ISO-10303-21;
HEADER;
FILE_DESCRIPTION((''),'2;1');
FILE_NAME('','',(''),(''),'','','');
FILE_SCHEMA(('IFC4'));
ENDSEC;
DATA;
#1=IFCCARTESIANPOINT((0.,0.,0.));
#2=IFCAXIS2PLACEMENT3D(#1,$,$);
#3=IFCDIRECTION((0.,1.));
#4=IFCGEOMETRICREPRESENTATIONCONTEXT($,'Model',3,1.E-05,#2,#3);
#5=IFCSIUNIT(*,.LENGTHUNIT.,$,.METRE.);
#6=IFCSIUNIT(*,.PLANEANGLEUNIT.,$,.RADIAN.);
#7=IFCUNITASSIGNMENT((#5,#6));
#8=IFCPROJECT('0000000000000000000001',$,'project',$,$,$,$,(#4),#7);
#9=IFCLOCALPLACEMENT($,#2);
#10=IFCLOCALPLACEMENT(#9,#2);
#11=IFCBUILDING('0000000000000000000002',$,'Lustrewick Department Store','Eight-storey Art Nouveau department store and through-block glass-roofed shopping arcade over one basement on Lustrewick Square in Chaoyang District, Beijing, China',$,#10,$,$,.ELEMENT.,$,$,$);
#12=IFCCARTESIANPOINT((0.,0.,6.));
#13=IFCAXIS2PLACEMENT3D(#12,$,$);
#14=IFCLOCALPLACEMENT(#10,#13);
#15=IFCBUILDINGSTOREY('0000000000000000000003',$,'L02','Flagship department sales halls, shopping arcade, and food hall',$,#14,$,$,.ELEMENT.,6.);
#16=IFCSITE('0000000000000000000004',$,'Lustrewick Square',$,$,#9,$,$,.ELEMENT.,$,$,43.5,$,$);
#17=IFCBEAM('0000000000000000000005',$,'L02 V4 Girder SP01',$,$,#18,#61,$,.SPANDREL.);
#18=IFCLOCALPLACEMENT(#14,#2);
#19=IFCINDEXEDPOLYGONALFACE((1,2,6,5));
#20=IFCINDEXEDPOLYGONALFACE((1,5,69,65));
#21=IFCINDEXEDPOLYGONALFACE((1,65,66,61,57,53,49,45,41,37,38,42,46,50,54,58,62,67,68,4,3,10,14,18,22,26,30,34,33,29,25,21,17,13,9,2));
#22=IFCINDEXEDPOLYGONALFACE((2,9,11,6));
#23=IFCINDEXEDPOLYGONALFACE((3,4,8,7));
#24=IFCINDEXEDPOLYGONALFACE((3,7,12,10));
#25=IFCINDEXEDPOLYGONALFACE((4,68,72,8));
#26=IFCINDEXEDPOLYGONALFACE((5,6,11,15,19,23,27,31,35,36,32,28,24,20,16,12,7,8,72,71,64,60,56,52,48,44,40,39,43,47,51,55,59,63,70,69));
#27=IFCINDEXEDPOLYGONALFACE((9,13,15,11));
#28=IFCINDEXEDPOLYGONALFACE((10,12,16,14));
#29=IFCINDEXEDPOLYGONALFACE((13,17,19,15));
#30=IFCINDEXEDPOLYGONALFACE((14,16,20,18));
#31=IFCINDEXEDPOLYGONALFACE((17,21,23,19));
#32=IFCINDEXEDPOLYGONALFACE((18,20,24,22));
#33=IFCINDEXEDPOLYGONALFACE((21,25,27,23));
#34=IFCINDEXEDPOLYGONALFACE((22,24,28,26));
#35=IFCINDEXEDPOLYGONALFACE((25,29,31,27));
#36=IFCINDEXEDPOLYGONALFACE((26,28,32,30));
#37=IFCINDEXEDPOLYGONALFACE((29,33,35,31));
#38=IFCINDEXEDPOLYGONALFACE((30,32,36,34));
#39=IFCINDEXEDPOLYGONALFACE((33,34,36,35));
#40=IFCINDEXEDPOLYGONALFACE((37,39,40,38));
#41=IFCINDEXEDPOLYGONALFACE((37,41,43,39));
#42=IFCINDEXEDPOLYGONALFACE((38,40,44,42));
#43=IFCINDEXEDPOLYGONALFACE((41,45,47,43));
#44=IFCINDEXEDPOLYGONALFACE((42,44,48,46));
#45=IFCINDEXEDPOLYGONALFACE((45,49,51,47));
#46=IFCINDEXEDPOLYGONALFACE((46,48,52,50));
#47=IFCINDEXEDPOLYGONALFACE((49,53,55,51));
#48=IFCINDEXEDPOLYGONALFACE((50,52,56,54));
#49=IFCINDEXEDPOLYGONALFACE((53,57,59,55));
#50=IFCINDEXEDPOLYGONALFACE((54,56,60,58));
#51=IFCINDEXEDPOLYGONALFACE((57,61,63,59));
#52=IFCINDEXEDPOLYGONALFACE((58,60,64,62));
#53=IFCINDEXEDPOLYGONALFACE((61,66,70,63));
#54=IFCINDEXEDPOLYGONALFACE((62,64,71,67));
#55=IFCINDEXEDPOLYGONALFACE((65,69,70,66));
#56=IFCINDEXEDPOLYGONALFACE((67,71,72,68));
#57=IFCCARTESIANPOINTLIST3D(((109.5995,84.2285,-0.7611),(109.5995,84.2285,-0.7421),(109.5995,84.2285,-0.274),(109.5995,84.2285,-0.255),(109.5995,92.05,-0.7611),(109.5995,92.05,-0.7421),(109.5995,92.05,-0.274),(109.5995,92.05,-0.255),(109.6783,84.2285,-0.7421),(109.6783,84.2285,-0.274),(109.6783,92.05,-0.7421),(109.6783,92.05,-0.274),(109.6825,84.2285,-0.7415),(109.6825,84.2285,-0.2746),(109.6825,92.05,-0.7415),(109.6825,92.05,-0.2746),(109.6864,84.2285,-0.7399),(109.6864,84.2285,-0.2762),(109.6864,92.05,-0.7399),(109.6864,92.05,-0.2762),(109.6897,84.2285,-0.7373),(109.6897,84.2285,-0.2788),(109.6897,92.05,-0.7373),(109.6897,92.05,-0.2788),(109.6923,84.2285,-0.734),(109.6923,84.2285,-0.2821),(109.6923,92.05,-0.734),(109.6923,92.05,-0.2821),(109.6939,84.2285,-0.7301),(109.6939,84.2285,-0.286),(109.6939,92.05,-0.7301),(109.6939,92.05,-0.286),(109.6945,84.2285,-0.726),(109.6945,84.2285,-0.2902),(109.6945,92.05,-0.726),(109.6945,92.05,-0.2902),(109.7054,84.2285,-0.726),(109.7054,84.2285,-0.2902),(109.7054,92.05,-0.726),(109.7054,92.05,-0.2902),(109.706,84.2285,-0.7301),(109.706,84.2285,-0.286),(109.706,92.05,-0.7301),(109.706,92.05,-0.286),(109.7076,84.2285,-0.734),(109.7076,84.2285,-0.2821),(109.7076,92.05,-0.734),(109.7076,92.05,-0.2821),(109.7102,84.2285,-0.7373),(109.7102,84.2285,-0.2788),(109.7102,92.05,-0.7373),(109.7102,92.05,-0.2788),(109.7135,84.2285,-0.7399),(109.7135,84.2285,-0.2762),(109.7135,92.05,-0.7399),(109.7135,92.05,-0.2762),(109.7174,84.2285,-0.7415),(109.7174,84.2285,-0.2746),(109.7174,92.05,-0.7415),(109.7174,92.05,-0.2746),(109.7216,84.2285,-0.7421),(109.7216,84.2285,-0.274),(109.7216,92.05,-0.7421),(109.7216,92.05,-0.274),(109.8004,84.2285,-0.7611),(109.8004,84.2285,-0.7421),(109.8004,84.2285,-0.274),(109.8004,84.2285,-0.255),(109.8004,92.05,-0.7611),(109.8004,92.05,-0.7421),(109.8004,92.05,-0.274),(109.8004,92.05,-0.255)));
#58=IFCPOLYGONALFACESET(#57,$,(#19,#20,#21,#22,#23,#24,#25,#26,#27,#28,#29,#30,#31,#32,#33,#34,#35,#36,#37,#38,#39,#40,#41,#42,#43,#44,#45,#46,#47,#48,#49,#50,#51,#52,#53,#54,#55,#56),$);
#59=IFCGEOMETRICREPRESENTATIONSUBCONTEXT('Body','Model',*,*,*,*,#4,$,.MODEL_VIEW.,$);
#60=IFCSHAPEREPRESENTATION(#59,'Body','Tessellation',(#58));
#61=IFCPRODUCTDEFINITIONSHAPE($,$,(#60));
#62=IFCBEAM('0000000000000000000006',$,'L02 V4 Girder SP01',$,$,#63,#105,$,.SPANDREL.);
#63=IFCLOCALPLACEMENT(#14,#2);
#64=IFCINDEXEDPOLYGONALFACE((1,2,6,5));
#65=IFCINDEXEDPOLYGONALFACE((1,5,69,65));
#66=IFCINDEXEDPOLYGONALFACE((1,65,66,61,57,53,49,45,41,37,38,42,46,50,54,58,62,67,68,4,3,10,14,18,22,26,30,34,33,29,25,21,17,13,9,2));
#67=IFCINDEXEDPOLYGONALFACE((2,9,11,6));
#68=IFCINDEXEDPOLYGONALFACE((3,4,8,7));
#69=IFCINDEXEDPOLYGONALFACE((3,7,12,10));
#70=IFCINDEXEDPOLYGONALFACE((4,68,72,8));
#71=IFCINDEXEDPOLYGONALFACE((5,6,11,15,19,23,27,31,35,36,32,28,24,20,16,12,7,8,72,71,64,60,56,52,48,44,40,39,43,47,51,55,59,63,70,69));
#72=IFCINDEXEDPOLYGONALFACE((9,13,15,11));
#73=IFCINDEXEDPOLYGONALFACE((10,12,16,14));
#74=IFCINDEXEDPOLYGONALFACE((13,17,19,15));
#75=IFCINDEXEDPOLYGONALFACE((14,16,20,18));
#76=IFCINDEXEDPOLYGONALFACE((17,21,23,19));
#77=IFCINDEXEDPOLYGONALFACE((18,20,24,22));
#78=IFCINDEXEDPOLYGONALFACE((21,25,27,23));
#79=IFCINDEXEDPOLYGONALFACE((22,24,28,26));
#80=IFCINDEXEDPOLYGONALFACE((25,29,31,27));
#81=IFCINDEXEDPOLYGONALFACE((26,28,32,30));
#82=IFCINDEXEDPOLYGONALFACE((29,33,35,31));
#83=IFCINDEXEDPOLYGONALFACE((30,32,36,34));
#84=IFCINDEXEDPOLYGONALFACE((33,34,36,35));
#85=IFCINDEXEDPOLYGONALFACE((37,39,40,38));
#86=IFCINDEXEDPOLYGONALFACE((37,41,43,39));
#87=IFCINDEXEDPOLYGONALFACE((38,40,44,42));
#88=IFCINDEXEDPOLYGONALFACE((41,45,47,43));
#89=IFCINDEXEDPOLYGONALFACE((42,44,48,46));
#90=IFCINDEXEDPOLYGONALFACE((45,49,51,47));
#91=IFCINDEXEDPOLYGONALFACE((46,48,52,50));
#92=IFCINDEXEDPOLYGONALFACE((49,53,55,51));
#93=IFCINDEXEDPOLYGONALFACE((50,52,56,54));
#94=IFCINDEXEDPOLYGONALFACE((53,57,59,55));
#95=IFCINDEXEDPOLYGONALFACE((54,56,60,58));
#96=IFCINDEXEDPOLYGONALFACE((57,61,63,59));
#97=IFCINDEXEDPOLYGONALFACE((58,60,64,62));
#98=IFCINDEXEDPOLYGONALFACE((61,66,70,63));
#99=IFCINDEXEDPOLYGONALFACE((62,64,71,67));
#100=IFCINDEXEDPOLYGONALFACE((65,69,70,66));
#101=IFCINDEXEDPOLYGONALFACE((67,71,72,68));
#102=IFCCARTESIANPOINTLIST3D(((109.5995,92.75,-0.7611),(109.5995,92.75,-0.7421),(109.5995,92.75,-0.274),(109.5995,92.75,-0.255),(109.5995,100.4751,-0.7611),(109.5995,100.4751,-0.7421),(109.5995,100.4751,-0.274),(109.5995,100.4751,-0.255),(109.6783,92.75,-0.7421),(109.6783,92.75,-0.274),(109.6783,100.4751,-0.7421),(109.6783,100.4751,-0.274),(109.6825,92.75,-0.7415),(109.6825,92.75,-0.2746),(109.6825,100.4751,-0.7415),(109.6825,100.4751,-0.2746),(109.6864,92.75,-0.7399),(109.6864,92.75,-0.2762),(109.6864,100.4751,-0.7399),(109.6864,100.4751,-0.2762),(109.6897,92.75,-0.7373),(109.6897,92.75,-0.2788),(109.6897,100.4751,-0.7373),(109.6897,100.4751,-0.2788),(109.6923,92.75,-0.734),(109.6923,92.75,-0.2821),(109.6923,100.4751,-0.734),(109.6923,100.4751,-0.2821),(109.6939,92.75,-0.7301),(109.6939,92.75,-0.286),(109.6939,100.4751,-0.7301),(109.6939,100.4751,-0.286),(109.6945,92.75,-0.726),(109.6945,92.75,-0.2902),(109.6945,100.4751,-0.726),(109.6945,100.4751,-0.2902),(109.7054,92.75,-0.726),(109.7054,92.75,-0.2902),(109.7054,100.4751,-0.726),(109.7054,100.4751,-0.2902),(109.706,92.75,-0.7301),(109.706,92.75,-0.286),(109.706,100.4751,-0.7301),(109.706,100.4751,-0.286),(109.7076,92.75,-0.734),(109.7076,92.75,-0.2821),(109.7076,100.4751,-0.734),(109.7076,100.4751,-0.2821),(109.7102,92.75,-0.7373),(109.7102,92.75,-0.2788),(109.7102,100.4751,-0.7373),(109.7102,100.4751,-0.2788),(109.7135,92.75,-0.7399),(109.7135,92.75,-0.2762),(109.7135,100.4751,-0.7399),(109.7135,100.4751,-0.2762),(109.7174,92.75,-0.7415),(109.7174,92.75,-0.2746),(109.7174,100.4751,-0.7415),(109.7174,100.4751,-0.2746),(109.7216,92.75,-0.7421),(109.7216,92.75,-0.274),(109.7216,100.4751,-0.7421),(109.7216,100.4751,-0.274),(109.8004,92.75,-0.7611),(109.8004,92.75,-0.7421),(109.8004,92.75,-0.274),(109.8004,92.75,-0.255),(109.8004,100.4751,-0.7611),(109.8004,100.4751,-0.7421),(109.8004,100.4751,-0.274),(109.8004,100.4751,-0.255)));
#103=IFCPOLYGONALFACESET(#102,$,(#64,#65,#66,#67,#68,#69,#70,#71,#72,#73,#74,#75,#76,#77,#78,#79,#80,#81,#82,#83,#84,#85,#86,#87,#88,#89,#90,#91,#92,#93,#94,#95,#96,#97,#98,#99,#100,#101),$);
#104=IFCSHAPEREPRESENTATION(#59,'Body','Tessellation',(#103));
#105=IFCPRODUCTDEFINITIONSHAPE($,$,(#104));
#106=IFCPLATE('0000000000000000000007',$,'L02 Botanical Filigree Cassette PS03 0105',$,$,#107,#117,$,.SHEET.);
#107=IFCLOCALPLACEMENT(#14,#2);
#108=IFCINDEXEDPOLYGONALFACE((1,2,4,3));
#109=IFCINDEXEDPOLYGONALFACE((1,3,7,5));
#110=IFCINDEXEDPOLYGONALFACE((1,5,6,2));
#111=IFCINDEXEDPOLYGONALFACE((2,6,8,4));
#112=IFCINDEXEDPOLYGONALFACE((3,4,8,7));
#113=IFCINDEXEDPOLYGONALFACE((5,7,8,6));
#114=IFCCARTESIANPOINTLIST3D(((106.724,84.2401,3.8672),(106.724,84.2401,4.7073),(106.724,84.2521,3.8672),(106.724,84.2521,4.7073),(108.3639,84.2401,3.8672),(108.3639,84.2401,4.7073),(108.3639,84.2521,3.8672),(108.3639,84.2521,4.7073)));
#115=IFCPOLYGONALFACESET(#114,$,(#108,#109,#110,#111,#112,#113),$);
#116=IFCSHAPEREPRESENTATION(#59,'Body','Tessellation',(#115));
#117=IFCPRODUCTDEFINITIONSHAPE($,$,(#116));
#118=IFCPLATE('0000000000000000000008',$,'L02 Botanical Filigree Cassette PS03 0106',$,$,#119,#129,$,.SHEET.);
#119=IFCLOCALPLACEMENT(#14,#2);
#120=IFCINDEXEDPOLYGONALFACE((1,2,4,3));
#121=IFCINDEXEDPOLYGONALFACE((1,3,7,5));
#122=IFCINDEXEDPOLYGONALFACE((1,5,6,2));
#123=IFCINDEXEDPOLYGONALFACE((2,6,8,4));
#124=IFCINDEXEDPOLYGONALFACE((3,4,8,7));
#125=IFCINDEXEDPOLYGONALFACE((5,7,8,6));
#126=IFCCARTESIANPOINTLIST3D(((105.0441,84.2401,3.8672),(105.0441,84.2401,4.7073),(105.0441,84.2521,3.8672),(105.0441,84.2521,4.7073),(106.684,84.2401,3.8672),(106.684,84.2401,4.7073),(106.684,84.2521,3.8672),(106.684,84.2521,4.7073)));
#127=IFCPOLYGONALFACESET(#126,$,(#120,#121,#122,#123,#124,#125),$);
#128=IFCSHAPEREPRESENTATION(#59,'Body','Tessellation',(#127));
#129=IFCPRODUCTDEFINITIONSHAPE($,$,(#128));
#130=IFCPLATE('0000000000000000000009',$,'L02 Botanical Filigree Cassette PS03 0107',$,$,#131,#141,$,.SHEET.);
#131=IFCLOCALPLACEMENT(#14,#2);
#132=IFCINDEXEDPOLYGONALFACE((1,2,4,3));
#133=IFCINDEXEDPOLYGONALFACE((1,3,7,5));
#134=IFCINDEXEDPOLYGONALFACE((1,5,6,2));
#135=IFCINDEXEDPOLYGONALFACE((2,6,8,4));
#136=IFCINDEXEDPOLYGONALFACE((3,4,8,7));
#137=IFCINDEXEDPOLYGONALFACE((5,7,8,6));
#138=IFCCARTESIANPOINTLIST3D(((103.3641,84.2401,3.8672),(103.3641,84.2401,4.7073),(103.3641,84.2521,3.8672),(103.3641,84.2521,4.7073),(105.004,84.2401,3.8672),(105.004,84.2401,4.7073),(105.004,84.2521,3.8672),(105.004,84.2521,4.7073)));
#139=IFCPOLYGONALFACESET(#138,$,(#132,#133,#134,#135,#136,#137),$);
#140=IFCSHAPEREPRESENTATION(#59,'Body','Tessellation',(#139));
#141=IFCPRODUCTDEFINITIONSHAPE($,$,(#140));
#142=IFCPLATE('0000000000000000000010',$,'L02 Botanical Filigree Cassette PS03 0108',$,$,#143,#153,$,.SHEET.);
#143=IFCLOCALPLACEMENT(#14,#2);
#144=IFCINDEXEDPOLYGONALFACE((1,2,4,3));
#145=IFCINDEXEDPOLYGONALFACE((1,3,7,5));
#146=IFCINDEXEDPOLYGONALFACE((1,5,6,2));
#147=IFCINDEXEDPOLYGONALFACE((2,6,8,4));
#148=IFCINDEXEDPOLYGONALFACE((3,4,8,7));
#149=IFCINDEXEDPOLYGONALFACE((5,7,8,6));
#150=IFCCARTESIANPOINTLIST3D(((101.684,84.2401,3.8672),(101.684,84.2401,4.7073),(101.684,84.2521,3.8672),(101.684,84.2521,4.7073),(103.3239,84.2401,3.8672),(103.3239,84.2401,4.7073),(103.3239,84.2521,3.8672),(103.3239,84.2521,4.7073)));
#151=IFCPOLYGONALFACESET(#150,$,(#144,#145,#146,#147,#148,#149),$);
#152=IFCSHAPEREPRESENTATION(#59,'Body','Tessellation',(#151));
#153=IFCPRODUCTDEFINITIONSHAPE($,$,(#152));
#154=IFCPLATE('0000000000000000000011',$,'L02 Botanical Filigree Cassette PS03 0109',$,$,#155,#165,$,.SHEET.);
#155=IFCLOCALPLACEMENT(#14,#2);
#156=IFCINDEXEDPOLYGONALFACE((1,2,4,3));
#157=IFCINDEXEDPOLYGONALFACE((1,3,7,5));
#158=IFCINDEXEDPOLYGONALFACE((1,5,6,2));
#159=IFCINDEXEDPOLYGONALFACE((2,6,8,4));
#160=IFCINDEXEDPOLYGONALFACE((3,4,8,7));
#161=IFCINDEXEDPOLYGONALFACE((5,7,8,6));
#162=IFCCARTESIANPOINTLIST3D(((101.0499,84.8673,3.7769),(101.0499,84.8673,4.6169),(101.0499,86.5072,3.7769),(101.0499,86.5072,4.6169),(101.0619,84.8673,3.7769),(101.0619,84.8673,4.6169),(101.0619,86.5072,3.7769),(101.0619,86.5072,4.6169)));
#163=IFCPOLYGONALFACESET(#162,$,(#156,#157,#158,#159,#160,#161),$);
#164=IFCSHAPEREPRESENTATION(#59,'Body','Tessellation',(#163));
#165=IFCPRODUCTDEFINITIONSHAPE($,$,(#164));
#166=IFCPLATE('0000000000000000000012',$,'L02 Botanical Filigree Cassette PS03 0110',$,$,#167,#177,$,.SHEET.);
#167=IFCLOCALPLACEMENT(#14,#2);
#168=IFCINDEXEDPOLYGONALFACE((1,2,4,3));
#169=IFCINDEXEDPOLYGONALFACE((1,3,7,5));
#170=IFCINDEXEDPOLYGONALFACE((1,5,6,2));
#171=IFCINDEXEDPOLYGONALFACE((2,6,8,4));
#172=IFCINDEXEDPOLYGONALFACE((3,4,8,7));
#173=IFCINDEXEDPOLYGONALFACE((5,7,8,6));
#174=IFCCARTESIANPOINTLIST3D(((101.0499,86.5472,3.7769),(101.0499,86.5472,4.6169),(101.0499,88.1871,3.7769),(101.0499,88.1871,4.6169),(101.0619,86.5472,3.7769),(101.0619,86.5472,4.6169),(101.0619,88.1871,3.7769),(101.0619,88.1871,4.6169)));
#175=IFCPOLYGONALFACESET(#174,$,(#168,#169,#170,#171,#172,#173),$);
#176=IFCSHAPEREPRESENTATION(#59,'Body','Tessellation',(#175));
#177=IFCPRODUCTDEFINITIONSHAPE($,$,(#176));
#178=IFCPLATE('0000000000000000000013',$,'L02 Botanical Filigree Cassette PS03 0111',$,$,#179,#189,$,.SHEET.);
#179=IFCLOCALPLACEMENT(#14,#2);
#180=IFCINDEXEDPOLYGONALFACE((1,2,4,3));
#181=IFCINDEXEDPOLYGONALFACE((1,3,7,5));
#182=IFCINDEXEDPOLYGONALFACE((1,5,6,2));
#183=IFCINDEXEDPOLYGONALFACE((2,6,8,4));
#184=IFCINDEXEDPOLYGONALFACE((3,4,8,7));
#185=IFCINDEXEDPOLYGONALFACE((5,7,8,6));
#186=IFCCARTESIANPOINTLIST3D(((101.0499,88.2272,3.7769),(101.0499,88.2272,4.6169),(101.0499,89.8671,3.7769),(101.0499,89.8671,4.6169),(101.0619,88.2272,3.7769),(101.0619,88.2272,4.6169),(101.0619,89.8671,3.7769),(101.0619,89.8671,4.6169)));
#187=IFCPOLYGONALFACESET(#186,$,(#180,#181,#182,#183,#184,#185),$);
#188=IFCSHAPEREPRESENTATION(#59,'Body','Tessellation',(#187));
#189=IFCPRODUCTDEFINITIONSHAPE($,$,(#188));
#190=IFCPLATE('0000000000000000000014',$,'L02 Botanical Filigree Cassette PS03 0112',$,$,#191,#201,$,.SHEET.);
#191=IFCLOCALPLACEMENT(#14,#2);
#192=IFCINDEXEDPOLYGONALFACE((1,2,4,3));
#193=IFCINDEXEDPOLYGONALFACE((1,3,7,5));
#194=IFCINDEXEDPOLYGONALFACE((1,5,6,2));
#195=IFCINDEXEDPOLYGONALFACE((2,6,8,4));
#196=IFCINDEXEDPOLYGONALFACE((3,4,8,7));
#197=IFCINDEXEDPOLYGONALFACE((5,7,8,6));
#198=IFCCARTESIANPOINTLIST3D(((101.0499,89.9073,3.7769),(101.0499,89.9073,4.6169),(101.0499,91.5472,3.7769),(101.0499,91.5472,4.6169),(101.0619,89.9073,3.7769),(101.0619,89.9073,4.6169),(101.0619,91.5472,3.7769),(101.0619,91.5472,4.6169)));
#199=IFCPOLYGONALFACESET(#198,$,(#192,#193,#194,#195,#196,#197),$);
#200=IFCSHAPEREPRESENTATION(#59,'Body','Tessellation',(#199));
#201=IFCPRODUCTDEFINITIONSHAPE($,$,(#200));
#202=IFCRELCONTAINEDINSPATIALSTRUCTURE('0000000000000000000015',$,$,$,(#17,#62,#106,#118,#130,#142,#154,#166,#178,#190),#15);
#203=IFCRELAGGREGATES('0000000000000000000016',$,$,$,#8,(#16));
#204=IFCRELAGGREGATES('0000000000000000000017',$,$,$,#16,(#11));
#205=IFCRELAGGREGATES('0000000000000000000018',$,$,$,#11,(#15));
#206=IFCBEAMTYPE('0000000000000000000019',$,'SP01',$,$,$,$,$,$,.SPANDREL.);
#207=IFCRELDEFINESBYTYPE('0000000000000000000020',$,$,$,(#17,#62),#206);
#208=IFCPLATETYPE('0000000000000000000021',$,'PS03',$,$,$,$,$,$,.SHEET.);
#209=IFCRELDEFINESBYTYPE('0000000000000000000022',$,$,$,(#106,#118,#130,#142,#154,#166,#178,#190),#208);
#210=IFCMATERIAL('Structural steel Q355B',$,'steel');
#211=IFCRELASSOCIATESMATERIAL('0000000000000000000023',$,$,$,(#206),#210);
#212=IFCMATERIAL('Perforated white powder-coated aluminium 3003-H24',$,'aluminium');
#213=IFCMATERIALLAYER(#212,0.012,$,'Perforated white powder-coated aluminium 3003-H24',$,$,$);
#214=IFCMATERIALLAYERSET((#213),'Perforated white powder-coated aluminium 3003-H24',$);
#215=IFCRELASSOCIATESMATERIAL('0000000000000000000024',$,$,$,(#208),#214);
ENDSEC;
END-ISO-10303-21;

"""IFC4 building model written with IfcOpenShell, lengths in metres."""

from ifc_helpers import new_model, si_unit, direction, frame, origin, origin_2d, place, context, subcontext, project, spatial, rectangle, i_section, extrude, material, layer, layer_set, material_profile, profile_set, type_object, element, save


model = new_model("IFC4")

# Units and contexts
model_context = context("Model", 3, precision=1e-05, world=origin(), true_north=direction((0.0, 1.0)))
body_context = subcontext(model_context, "Body", "Model", "MODEL_VIEW")
ifc_project = project(units=[si_unit("LENGTHUNIT", "METRE"), si_unit("PLANEANGLEUNIT", "RADIAN")], contexts=[model_context])

# Site, building, storey
site_placement = place(None, origin())
site = spatial("IfcSite", under=ifc_project, at=site_placement, Name="Lustrewick Square", CompositionType="ELEMENT", RefElevation=43.5)
building_placement = place(site_placement, origin())
building = spatial("IfcBuilding", under=site, at=building_placement, Name="Lustrewick Department Store", Description="Eight-storey Art Nouveau department store and through-block glass-roofed shopping arcade over one basement on Lustrewick Square in Chaoyang District, Beijing, China", CompositionType="ELEMENT")
storey_placement = place(building_placement, frame((0.0, 0.0, 6.0)))
storey = spatial("IfcBuildingStorey", under=building, at=storey_placement, Name="L02", Description="Flagship department sales halls, shopping arcade, and food hall", CompositionType="ELEMENT", Elevation=6.0)

# Shared definitions
ifc_material_1 = material(Name="Structural steel Q355B", Category="steel")

# Beams
ifc_material_profile_1 = material_profile(ifc_material_1, i_section(OverallWidth=0.2009, OverallDepth=0.5061, WebThickness=0.011, FlangeThickness=0.019, FilletRadius=0.0161, at=origin_2d()), Name="HN 506x201x11x19")
ifc_profile_set_1 = profile_set([ifc_material_profile_1], Name="Structural steel Q355B")
beam_type_1 = type_object("IfcBeamType", Name="SP01", PredefinedType="SPANDREL", material=ifc_profile_set_1)
for number, where, z_axis, x_axis, name in (
    (1, (109.7, 84.2285, -0.5081), (0.0, 1.0, 0.0), (-1.0, 0.0, 0.0), "L02 V4 Girder SP01"),
):
    element("IfcBeam", number, at=place(storey_placement, frame(where, z_axis=z_axis, x_axis=x_axis)), inside=storey, type_object=beam_type_1, Name=name, PredefinedType="SPANDREL", context=body_context, shape_type="SweptSolid", body=[
        extrude(i_section(OverallWidth=0.2009, OverallDepth=0.5061, WebThickness=0.011, FlangeThickness=0.019, FilletRadius=0.0161, at=origin_2d()), origin(), (0.0, 0.0, 1.0), 7.8215),
    ])
beam_1_placement = place(storey_placement, frame((109.7, 92.75, -0.5081), z_axis=(0.0, 1.0, 0.0), x_axis=(-1.0, 0.0, 0.0)))
element("IfcBeam", 2, at=beam_1_placement, inside=storey, type_object=beam_type_1, Name="L02 V4 Girder SP01", PredefinedType="SPANDREL", context=body_context, shape_type="SweptSolid", body=[
    extrude(i_section(OverallWidth=0.2009, OverallDepth=0.5061, WebThickness=0.011, FlangeThickness=0.019, FilletRadius=0.0161, at=origin_2d()), origin(), (0.0, 0.0, 1.0), 7.7251),
])

# Plates
ifc_material_2 = material(Name="Perforated white powder-coated aluminium 3003-H24", Category="aluminium")
ifc_layer_1 = layer(ifc_material_2, 0.012, Name="Perforated white powder-coated aluminium 3003-H24")
ifc_layer_set_1 = layer_set([ifc_layer_1], Name="Perforated white powder-coated aluminium 3003-H24")
plate_type = type_object("IfcPlateType", Name="PS03", PredefinedType="SHEET", material=ifc_layer_set_1)
for number, where, z_axis, x_axis, name in (
    (3, (107.5439, 84.2461, 3.8672), (0.0, 0.0, 1.0), (-1.0, 0.0, 0.0), "L02 Botanical Filigree Cassette PS03 0105"),
    (4, (105.864, 84.2461, 3.8672), (0.0, 0.0, 1.0), (-1.0, 0.0, 0.0), "L02 Botanical Filigree Cassette PS03 0106"),
    (5, (104.1841, 84.2461, 3.8672), (0.0, 0.0, 1.0), (-1.0, 0.0, 0.0), "L02 Botanical Filigree Cassette PS03 0107"),
    (6, (102.5039, 84.2461, 3.8672), (0.0, 0.0, 1.0), (-1.0, 0.0, 0.0), "L02 Botanical Filigree Cassette PS03 0108"),
    (7, (101.0559, 85.6873, 3.7769), (0.0, 0.0, 1.0), (0.0, 1.0, 0.0), "L02 Botanical Filigree Cassette PS03 0109"),
    (8, (101.0559, 87.3672, 3.7769), (0.0, 0.0, 1.0), (0.0, 1.0, 0.0), "L02 Botanical Filigree Cassette PS03 0110"),
    (9, (101.0559, 89.0471, 3.7769), (0.0, 0.0, 1.0), (0.0, 1.0, 0.0), "L02 Botanical Filigree Cassette PS03 0111"),
    (10, (101.0559, 90.7273, 3.7769), (0.0, 0.0, 1.0), (0.0, 1.0, 0.0), "L02 Botanical Filigree Cassette PS03 0112"),
):
    element("IfcPlate", number, at=place(storey_placement, frame(where, z_axis=z_axis, x_axis=x_axis)), inside=storey, type_object=plate_type, Name=name, PredefinedType="SHEET", context=body_context, shape_type="SweptSolid", body=[
        extrude(rectangle(XDim=1.6399, YDim=0.012, at=origin_2d()), origin(), (0.0, 0.0, 1.0), 0.8401),
    ])

save(model, "model.ifc")
